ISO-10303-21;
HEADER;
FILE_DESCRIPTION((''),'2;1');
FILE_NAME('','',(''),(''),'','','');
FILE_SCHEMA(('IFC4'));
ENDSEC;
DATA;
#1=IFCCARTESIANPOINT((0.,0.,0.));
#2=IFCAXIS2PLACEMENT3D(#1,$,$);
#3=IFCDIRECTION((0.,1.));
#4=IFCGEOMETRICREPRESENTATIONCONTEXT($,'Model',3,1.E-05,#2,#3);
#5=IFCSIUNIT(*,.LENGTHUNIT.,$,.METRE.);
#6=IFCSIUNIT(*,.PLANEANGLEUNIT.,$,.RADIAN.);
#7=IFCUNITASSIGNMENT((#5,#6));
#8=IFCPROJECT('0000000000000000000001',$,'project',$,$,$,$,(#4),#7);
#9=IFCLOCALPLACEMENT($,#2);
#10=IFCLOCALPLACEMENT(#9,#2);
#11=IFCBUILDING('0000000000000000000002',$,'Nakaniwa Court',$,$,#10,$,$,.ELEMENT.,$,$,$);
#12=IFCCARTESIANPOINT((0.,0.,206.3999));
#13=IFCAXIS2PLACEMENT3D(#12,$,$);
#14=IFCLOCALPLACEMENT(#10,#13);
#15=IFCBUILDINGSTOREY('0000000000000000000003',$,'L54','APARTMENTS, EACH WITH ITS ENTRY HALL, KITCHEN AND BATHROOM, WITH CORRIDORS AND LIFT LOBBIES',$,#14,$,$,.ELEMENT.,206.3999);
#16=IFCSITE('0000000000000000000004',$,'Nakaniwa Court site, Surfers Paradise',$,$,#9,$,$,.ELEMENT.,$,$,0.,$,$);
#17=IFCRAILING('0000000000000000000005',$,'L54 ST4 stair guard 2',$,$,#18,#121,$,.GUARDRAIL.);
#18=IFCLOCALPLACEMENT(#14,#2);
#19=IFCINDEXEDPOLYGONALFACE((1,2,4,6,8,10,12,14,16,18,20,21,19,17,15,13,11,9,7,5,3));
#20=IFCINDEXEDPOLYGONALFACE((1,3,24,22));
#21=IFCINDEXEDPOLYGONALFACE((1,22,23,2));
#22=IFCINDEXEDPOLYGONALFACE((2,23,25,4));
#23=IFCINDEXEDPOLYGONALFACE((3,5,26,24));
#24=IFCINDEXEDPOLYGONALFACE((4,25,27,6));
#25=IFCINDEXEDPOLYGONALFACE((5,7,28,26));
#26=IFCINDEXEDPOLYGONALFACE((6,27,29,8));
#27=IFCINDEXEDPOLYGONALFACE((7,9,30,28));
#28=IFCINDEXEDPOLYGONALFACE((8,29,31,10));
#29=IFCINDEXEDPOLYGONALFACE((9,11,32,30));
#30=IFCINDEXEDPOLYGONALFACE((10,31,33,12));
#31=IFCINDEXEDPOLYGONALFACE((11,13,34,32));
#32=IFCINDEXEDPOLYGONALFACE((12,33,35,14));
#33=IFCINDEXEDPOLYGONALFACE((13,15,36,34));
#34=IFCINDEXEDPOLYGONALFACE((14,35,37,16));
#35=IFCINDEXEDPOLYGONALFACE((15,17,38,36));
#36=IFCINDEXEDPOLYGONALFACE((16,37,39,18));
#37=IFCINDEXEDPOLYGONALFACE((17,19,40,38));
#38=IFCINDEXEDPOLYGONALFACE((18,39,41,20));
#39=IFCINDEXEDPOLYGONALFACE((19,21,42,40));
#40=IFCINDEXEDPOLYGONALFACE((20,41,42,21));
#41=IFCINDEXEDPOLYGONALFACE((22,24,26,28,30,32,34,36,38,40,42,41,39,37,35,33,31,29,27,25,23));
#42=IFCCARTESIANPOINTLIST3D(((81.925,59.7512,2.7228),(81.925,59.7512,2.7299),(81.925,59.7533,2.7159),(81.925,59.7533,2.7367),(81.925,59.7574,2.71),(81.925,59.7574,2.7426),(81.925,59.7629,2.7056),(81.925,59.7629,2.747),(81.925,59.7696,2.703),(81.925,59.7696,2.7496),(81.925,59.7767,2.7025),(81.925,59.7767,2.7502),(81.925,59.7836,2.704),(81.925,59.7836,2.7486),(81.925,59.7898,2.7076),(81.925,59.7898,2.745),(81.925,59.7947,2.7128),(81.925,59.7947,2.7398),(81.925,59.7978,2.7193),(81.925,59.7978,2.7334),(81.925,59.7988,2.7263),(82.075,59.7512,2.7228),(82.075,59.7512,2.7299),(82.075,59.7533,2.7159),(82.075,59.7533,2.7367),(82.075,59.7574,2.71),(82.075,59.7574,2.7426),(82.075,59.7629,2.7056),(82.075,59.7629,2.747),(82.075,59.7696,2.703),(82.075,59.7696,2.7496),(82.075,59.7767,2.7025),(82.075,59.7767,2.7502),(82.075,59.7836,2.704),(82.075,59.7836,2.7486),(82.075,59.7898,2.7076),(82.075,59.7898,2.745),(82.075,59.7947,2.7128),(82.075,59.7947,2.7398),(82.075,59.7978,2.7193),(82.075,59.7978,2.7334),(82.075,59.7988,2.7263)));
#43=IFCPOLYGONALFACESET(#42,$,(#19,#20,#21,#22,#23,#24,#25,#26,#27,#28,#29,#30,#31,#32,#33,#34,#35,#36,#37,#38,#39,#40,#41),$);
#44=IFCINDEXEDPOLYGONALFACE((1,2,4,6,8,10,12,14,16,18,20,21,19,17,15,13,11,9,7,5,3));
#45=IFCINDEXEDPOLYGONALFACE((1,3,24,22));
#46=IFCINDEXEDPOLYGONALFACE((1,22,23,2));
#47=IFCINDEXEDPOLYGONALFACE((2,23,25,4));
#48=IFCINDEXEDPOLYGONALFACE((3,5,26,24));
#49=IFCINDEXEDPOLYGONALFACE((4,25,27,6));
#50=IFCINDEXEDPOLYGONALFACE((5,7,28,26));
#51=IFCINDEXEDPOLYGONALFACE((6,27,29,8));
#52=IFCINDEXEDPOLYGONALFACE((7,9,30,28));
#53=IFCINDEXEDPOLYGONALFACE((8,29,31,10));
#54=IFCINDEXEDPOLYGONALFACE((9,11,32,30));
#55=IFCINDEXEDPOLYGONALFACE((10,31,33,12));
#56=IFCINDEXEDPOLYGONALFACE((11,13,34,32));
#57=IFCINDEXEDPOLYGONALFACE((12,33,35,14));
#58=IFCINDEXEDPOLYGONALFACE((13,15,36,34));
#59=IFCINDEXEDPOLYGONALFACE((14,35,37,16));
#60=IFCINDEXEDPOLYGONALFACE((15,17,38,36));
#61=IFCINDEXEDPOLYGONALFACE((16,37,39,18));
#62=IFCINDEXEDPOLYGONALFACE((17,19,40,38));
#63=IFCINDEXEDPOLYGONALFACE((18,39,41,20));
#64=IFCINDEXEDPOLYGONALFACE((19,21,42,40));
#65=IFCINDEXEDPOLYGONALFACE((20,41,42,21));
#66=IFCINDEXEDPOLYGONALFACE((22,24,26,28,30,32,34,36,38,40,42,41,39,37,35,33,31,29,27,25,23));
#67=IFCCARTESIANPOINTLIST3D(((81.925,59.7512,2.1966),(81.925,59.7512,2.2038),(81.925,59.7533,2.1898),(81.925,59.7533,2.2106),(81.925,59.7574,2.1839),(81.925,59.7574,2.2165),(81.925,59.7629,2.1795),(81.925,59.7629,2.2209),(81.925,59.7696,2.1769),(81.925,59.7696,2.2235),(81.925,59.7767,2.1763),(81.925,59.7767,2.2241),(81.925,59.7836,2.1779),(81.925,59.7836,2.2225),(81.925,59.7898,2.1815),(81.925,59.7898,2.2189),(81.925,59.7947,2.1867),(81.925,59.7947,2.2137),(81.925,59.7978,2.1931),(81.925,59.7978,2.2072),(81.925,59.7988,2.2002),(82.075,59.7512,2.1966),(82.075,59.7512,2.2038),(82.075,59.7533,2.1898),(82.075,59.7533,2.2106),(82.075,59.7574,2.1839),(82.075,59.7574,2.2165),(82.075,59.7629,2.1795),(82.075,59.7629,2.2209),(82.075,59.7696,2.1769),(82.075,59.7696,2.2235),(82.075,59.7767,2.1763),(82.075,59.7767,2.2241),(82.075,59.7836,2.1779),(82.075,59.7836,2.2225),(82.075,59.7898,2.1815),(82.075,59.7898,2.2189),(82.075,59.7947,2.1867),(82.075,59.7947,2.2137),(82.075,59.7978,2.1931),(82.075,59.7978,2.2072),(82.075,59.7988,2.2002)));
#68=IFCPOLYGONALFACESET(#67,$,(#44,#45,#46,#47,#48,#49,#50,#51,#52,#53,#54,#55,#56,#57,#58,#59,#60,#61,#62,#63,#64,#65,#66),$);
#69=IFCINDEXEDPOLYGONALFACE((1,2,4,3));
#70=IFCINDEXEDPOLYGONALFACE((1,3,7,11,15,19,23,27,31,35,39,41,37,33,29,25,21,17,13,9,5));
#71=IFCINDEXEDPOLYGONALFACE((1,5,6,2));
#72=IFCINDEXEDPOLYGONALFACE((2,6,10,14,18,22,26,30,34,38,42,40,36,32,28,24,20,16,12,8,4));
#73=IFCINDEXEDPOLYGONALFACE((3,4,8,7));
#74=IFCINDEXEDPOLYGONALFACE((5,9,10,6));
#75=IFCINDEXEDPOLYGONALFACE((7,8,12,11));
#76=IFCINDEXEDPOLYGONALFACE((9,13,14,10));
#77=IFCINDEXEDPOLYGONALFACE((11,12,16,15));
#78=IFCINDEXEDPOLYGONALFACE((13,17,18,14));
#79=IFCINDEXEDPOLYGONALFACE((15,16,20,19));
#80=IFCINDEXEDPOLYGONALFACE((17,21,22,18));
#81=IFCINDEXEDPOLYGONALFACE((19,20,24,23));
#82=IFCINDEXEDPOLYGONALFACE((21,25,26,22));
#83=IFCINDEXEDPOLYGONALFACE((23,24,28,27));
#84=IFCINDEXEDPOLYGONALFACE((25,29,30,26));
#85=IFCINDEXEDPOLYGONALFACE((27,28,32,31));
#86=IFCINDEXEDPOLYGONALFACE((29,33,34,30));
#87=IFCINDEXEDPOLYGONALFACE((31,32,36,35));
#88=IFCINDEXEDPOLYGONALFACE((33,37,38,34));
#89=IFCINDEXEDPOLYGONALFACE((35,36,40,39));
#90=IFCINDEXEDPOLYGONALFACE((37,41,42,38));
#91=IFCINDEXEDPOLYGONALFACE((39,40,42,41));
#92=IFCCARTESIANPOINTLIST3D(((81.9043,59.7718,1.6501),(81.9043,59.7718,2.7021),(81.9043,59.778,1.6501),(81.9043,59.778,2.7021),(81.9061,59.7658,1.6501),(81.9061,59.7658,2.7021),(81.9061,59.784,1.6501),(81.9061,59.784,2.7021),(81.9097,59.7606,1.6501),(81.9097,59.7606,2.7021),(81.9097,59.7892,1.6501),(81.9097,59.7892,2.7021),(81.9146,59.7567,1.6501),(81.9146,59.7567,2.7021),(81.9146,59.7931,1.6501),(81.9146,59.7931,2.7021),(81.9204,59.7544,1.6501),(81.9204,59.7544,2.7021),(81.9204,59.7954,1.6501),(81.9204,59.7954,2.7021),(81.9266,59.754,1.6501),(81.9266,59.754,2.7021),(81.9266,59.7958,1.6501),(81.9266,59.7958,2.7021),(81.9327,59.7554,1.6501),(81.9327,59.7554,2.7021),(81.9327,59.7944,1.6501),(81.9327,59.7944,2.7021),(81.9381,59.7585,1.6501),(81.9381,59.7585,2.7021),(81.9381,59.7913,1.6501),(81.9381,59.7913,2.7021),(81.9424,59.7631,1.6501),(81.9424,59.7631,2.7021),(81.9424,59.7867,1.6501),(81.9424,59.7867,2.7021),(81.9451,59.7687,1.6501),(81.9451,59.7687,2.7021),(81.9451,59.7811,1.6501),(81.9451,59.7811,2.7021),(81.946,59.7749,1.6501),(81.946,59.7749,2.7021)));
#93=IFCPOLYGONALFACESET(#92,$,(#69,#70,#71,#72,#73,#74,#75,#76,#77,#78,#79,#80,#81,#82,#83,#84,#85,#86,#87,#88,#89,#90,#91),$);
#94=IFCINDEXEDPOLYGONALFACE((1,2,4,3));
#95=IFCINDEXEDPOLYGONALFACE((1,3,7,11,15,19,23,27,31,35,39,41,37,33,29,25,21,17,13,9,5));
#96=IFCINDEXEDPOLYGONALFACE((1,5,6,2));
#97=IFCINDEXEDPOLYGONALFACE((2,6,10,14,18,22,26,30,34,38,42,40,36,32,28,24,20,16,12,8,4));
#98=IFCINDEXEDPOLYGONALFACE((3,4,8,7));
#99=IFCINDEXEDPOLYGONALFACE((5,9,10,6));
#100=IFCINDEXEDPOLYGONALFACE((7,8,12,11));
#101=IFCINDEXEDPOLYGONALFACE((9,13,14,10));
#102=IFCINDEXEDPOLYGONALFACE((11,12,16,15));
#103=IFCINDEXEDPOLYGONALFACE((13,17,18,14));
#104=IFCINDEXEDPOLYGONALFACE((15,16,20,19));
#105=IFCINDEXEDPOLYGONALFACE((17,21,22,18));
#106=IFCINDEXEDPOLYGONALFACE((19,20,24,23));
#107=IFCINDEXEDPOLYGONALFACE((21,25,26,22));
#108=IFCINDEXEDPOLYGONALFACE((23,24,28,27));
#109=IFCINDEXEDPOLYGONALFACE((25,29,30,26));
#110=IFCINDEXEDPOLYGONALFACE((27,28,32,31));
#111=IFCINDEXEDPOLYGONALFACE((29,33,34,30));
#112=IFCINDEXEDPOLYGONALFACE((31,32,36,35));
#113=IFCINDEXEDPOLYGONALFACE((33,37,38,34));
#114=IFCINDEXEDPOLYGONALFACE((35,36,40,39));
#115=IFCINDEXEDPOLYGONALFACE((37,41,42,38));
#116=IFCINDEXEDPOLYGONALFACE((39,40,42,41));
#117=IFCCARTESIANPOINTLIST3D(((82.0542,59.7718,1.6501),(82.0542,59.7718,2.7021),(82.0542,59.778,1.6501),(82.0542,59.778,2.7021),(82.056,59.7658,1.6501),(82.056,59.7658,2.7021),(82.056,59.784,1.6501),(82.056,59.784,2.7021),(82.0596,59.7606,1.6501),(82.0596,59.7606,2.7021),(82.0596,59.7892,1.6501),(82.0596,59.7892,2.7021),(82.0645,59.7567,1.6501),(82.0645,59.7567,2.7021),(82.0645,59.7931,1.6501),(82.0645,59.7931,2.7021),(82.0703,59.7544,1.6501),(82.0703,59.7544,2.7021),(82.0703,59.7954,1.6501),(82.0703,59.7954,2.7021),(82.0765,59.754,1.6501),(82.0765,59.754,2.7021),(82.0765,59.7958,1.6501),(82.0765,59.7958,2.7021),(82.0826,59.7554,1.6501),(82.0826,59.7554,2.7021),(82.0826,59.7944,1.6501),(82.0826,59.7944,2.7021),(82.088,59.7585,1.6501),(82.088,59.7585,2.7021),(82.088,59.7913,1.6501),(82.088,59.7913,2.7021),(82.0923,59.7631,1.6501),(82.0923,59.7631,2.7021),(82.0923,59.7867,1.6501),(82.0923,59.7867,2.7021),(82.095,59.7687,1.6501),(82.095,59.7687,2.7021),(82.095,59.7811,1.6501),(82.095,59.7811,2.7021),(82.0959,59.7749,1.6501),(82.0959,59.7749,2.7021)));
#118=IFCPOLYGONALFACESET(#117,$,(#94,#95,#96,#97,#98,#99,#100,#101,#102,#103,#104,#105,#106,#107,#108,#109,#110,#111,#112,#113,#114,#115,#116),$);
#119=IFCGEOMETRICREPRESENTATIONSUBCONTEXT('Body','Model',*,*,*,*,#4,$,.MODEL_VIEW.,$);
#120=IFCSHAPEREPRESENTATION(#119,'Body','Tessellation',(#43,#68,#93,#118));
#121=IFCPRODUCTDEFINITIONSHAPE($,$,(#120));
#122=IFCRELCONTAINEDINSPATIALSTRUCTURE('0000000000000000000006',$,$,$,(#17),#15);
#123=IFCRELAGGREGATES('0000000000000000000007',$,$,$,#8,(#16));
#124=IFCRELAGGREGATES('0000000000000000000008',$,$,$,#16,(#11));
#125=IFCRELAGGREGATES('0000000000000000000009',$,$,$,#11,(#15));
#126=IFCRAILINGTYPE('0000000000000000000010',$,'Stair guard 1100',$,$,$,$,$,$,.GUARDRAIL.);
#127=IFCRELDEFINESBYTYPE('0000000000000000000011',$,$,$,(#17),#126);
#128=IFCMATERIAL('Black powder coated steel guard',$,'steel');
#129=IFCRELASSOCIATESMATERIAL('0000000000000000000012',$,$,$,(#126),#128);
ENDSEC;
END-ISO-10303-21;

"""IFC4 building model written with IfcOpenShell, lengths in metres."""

from ifc_helpers import new_model, si_unit, direction, frame, origin, origin_2d, place, context, subcontext, project, spatial, circle, extrude, material, type_object, element, save


model = new_model("IFC4")

# Units and contexts
model_context = context("Model", 3, precision=1e-05, world=origin(), true_north=direction((0.0, 1.0)))
body_context = subcontext(model_context, "Body", "Model", "MODEL_VIEW")
ifc_project = project(units=[si_unit("LENGTHUNIT", "METRE"), si_unit("PLANEANGLEUNIT", "RADIAN")], contexts=[model_context])

# Site, building, storey
site_placement = place(None, origin())
site = spatial("IfcSite", under=ifc_project, at=site_placement, Name="Nakaniwa Court site, Surfers Paradise", CompositionType="ELEMENT", RefElevation=0.0)
building_placement = place(site_placement, origin())
building = spatial("IfcBuilding", under=site, at=building_placement, Name="Nakaniwa Court", CompositionType="ELEMENT")
storey_placement = place(building_placement, frame((0.0, 0.0, 206.3999)))
storey = spatial("IfcBuildingStorey", under=building, at=storey_placement, Name="L54", Description="APARTMENTS, EACH WITH ITS ENTRY HALL, KITCHEN AND BATHROOM, WITH CORRIDORS AND LIFT LOBBIES", CompositionType="ELEMENT", Elevation=206.3999)

# Railing
ifc_material_1 = material(Name="Black powder coated steel guard", Category="steel")
railing_type_1 = type_object("IfcRailingType", Name="Stair guard 1100", PredefinedType="GUARDRAIL", material=ifc_material_1)
railing_1_placement = place(storey_placement, frame((81.925, 59.7749, 1.6501)))
element("IfcRailing", 1, at=railing_1_placement, inside=storey, type_object=railing_type_1, Name="L54 ST4 stair guard 2", PredefinedType="GUARDRAIL", context=body_context, shape_type="SweptSolid", body=[
    extrude(circle(Radius=0.0239, at=origin_2d()), frame((0.0, 0.0, 1.0762), z_axis=(1.0, 0.0, 0.0), x_axis=(0.0, 1.0, 0.0)), (0.0, 0.0, 1.0), 0.1499),
    extrude(circle(Radius=0.0239, at=origin_2d()), frame((0.0, 0.0, 0.55), z_axis=(1.0, 0.0, 0.0), x_axis=(0.0, 1.0, 0.0)), (0.0, 0.0, 1.0), 0.1499),
    extrude(circle(Radius=0.021, at=origin_2d()), origin(), (0.0, 0.0, 1.0), 1.052),
    extrude(circle(Radius=0.021, at=origin_2d()), frame((0.1499, 0.0, 0.0)), (0.0, 0.0, 1.0), 1.052),
])

save(model, "model.ifc")
